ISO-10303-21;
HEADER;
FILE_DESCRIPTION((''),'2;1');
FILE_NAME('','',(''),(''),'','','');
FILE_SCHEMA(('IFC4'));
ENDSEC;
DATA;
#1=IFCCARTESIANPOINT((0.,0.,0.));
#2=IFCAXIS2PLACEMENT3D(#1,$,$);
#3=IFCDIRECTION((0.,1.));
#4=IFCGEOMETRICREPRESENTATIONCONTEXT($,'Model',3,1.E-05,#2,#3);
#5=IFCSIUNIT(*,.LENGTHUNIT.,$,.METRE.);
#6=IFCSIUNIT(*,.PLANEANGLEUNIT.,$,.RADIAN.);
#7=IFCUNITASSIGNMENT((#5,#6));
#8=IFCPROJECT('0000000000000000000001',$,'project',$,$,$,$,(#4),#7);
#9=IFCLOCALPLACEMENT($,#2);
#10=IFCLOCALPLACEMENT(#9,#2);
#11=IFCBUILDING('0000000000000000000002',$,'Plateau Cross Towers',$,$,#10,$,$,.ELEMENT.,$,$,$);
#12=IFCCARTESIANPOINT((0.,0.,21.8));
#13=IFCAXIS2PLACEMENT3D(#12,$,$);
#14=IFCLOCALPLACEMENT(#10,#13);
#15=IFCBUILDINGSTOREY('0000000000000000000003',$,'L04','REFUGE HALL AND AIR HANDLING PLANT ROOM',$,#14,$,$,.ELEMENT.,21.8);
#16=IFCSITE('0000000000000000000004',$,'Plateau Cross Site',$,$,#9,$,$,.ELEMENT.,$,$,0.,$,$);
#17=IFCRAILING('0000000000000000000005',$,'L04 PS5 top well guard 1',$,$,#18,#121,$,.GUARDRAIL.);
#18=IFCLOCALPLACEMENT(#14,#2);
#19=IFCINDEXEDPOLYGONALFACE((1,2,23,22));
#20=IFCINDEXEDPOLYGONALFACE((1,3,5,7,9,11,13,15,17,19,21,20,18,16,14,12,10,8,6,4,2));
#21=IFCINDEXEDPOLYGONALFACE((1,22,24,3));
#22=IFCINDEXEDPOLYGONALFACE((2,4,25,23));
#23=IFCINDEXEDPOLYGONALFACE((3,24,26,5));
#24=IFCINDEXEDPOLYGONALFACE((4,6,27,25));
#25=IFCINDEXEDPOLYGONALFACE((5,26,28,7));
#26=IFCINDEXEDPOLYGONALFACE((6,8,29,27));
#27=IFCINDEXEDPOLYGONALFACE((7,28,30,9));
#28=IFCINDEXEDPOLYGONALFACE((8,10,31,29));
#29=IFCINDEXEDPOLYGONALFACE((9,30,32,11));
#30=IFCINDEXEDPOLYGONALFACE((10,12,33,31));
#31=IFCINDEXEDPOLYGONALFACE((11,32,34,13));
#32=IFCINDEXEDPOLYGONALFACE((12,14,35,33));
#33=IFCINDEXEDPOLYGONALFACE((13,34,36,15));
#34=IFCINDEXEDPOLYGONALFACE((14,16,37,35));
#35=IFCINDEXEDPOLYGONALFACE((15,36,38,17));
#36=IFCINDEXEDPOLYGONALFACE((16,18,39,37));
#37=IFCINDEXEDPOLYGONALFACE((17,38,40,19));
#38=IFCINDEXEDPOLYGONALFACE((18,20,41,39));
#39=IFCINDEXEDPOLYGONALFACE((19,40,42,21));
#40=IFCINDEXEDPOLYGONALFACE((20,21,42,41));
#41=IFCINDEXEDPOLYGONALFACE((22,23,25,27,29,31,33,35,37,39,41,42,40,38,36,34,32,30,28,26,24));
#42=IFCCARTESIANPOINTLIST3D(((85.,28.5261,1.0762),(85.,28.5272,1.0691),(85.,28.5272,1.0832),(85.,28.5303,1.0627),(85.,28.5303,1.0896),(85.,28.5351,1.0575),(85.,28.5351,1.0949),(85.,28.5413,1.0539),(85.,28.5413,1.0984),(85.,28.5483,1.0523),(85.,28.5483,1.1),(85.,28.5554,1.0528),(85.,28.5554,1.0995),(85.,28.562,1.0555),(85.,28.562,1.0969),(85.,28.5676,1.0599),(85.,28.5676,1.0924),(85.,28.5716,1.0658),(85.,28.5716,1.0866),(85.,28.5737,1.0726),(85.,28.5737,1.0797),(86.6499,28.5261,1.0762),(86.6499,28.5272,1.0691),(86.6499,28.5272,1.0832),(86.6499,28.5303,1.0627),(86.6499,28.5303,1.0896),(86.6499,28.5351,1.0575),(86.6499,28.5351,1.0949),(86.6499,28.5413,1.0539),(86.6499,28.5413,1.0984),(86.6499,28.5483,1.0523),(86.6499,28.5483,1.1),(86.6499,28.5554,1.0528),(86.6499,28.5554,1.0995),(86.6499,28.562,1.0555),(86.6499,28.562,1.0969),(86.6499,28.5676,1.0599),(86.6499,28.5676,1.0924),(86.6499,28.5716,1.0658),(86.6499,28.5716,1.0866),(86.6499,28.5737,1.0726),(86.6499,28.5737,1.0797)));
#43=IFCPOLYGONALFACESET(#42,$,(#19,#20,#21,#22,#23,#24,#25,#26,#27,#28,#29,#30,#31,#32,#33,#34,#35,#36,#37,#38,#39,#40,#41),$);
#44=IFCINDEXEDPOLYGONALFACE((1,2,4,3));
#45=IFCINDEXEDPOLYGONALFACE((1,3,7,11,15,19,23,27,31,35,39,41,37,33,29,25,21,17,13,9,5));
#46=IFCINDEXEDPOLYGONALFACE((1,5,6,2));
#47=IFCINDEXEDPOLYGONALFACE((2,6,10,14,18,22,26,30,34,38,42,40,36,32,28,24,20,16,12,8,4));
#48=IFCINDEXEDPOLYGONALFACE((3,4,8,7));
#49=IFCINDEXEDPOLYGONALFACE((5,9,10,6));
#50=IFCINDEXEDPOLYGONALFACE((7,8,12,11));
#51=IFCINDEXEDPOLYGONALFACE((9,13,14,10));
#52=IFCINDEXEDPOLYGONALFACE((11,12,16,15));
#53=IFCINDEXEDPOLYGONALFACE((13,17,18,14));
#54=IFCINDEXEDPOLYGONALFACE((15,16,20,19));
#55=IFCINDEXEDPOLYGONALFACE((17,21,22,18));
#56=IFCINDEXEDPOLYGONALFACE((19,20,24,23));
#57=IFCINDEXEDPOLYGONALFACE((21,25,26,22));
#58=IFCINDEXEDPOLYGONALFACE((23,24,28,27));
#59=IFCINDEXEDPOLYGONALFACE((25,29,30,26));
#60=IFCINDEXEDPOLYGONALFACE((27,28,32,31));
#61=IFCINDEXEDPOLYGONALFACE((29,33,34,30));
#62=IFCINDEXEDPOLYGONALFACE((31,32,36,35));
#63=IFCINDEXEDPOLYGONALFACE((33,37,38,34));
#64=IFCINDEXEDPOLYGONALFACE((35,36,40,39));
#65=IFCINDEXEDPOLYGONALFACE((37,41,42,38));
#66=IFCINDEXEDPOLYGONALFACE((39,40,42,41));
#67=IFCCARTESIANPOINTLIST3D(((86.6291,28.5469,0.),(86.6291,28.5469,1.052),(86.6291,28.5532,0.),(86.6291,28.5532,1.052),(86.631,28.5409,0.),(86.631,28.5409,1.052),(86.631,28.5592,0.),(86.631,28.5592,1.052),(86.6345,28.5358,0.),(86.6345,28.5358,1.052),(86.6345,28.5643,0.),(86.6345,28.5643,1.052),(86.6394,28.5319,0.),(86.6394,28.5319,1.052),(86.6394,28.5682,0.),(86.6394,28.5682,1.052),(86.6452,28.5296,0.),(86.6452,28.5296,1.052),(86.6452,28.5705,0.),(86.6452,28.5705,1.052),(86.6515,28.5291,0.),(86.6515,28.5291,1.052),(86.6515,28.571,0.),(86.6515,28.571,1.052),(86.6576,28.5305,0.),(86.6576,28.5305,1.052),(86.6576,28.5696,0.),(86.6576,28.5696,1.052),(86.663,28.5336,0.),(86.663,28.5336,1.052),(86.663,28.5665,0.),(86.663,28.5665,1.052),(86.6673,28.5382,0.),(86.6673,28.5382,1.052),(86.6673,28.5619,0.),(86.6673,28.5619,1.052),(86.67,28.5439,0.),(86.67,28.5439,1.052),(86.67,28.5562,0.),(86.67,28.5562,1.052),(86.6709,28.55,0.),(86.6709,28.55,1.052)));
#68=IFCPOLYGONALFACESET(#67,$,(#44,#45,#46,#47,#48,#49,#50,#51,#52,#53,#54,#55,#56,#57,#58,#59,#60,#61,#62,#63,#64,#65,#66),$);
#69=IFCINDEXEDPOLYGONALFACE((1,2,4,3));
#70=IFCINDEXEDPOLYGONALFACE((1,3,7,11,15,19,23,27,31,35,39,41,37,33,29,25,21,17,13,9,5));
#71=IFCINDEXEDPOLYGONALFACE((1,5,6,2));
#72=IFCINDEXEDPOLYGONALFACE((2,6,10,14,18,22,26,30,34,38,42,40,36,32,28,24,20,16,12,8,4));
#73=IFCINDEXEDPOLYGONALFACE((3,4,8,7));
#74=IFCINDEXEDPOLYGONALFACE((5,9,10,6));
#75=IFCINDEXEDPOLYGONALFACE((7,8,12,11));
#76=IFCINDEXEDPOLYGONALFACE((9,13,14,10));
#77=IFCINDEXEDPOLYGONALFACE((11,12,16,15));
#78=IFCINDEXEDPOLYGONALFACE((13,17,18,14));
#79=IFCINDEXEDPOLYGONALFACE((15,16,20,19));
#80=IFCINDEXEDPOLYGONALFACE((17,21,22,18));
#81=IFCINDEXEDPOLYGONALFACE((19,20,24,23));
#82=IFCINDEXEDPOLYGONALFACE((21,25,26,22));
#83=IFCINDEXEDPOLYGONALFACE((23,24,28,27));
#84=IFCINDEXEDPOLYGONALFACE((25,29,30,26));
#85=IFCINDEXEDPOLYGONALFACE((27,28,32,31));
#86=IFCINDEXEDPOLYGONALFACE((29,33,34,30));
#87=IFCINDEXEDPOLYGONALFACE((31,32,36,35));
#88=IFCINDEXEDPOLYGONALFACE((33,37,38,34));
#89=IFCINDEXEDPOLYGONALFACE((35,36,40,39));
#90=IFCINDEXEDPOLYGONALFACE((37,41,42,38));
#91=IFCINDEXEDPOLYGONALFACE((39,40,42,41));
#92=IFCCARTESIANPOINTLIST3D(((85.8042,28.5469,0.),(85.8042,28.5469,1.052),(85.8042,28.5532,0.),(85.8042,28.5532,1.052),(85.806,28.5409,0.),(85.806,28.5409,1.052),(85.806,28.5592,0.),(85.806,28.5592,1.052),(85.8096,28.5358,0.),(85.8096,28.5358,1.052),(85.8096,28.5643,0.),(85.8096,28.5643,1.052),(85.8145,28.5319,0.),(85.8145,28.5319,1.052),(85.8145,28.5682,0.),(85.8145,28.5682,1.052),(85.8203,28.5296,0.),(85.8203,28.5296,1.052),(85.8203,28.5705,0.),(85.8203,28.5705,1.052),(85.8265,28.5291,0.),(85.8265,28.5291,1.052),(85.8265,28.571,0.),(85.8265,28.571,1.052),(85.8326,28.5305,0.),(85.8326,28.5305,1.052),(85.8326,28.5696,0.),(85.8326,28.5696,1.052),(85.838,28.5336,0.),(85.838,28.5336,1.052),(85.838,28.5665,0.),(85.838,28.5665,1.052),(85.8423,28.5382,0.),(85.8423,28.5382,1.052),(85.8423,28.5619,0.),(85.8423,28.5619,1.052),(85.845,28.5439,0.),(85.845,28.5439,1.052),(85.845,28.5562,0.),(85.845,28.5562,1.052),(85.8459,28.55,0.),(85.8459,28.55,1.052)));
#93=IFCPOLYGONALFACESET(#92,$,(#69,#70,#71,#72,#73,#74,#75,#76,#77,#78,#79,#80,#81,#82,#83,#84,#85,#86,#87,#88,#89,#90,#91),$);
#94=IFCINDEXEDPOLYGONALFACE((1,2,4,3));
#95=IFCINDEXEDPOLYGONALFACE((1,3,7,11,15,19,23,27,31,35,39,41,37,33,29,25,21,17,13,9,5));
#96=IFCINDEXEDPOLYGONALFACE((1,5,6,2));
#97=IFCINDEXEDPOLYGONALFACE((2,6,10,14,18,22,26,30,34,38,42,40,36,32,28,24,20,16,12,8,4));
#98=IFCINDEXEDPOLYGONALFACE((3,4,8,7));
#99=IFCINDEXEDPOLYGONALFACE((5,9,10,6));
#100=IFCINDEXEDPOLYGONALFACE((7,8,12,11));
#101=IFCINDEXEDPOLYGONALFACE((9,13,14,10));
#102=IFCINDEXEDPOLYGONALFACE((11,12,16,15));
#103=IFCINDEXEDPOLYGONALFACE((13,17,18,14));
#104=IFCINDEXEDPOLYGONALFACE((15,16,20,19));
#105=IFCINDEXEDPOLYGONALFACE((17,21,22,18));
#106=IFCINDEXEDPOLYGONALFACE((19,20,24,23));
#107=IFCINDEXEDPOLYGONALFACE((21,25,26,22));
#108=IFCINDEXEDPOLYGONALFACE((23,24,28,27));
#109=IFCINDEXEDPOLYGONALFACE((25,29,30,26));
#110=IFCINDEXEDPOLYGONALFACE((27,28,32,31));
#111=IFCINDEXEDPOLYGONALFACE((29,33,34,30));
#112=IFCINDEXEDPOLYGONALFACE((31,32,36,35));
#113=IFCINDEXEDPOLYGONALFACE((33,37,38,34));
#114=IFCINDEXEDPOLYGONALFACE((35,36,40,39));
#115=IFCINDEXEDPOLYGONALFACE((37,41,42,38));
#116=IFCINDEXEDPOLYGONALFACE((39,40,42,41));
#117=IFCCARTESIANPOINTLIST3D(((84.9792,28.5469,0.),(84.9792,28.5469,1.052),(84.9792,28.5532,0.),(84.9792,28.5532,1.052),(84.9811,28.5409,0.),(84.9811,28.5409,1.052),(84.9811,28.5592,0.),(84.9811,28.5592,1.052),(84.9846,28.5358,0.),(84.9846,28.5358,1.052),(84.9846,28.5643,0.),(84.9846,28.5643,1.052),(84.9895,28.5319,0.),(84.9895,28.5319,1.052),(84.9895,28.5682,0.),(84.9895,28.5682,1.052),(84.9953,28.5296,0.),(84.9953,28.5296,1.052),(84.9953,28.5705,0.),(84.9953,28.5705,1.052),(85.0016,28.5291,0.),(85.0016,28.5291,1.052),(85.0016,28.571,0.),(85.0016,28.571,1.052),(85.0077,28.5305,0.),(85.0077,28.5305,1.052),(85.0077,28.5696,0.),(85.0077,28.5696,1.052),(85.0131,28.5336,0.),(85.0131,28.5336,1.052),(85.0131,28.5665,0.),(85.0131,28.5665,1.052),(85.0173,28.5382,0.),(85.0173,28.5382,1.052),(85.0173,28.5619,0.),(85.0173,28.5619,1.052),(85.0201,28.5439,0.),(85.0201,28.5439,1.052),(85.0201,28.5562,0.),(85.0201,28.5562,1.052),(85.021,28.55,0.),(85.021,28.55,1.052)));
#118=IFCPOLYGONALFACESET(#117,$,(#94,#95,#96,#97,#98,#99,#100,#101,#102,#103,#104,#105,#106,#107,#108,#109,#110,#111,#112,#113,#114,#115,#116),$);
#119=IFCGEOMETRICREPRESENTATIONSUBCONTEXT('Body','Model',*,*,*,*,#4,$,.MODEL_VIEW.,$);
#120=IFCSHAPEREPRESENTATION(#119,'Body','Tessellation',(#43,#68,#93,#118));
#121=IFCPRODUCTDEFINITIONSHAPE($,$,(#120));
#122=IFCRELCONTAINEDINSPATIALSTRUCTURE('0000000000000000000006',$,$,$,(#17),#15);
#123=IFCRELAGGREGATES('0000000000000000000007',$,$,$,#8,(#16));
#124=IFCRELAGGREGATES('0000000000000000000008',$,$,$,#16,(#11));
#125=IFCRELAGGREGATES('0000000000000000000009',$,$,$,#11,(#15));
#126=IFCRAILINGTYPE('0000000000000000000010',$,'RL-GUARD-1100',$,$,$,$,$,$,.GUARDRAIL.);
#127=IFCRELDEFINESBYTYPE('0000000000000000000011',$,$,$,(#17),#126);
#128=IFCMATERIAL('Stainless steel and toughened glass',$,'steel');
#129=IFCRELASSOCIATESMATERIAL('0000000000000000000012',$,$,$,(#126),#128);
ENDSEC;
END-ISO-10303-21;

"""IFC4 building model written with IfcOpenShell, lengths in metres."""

from ifc_helpers import new_model, si_unit, direction, frame, origin, origin_2d, place, context, subcontext, project, spatial, circle, extrude, material, type_object, element, save


model = new_model("IFC4")

# Units and contexts
model_context = context("Model", 3, precision=1e-05, world=origin(), true_north=direction((0.0, 1.0)))
body_context = subcontext(model_context, "Body", "Model", "MODEL_VIEW")
ifc_project = project(units=[si_unit("LENGTHUNIT", "METRE"), si_unit("PLANEANGLEUNIT", "RADIAN")], contexts=[model_context])

# Site, building, storey
site_placement = place(None, origin())
site = spatial("IfcSite", under=ifc_project, at=site_placement, Name="Plateau Cross Site", CompositionType="ELEMENT", RefElevation=0.0)
building_placement = place(site_placement, origin())
building = spatial("IfcBuilding", under=site, at=building_placement, Name="Plateau Cross Towers", CompositionType="ELEMENT")
storey_placement = place(building_placement, frame((0.0, 0.0, 21.8)))
storey = spatial("IfcBuildingStorey", under=building, at=storey_placement, Name="L04", Description="REFUGE HALL AND AIR HANDLING PLANT ROOM", CompositionType="ELEMENT", Elevation=21.8)

# Railing
ifc_material_1 = material(Name="Stainless steel and toughened glass", Category="steel")
railing_type = type_object("IfcRailingType", Name="RL-GUARD-1100", PredefinedType="GUARDRAIL", material=ifc_material_1)
railing_placement = place(storey_placement, frame((86.6499, 28.55, 0.0)))
element("IfcRailing", 1, at=railing_placement, inside=storey, type_object=railing_type, Name="L04 PS5 top well guard 1", PredefinedType="GUARDRAIL", context=body_context, shape_type="SweptSolid", body=[
    extrude(circle(Radius=0.0239, at=origin_2d()), frame((0.0, 0.0, 1.0762), z_axis=(-1.0, 0.0, 0.0), x_axis=(0.0, -1.0, 0.0)), (0.0, 0.0, 1.0), 1.6499),
    extrude(circle(Radius=0.021, at=origin_2d()), origin(), (0.0, 0.0, 1.0), 1.052),
    extrude(circle(Radius=0.021, at=origin_2d()), frame((-0.825, 0.0, 0.0)), (0.0, 0.0, 1.0), 1.052),
    extrude(circle(Radius=0.021, at=origin_2d()), frame((-1.6499, 0.0, 0.0)), (0.0, 0.0, 1.0), 1.052),
])

save(model, "model.ifc")
